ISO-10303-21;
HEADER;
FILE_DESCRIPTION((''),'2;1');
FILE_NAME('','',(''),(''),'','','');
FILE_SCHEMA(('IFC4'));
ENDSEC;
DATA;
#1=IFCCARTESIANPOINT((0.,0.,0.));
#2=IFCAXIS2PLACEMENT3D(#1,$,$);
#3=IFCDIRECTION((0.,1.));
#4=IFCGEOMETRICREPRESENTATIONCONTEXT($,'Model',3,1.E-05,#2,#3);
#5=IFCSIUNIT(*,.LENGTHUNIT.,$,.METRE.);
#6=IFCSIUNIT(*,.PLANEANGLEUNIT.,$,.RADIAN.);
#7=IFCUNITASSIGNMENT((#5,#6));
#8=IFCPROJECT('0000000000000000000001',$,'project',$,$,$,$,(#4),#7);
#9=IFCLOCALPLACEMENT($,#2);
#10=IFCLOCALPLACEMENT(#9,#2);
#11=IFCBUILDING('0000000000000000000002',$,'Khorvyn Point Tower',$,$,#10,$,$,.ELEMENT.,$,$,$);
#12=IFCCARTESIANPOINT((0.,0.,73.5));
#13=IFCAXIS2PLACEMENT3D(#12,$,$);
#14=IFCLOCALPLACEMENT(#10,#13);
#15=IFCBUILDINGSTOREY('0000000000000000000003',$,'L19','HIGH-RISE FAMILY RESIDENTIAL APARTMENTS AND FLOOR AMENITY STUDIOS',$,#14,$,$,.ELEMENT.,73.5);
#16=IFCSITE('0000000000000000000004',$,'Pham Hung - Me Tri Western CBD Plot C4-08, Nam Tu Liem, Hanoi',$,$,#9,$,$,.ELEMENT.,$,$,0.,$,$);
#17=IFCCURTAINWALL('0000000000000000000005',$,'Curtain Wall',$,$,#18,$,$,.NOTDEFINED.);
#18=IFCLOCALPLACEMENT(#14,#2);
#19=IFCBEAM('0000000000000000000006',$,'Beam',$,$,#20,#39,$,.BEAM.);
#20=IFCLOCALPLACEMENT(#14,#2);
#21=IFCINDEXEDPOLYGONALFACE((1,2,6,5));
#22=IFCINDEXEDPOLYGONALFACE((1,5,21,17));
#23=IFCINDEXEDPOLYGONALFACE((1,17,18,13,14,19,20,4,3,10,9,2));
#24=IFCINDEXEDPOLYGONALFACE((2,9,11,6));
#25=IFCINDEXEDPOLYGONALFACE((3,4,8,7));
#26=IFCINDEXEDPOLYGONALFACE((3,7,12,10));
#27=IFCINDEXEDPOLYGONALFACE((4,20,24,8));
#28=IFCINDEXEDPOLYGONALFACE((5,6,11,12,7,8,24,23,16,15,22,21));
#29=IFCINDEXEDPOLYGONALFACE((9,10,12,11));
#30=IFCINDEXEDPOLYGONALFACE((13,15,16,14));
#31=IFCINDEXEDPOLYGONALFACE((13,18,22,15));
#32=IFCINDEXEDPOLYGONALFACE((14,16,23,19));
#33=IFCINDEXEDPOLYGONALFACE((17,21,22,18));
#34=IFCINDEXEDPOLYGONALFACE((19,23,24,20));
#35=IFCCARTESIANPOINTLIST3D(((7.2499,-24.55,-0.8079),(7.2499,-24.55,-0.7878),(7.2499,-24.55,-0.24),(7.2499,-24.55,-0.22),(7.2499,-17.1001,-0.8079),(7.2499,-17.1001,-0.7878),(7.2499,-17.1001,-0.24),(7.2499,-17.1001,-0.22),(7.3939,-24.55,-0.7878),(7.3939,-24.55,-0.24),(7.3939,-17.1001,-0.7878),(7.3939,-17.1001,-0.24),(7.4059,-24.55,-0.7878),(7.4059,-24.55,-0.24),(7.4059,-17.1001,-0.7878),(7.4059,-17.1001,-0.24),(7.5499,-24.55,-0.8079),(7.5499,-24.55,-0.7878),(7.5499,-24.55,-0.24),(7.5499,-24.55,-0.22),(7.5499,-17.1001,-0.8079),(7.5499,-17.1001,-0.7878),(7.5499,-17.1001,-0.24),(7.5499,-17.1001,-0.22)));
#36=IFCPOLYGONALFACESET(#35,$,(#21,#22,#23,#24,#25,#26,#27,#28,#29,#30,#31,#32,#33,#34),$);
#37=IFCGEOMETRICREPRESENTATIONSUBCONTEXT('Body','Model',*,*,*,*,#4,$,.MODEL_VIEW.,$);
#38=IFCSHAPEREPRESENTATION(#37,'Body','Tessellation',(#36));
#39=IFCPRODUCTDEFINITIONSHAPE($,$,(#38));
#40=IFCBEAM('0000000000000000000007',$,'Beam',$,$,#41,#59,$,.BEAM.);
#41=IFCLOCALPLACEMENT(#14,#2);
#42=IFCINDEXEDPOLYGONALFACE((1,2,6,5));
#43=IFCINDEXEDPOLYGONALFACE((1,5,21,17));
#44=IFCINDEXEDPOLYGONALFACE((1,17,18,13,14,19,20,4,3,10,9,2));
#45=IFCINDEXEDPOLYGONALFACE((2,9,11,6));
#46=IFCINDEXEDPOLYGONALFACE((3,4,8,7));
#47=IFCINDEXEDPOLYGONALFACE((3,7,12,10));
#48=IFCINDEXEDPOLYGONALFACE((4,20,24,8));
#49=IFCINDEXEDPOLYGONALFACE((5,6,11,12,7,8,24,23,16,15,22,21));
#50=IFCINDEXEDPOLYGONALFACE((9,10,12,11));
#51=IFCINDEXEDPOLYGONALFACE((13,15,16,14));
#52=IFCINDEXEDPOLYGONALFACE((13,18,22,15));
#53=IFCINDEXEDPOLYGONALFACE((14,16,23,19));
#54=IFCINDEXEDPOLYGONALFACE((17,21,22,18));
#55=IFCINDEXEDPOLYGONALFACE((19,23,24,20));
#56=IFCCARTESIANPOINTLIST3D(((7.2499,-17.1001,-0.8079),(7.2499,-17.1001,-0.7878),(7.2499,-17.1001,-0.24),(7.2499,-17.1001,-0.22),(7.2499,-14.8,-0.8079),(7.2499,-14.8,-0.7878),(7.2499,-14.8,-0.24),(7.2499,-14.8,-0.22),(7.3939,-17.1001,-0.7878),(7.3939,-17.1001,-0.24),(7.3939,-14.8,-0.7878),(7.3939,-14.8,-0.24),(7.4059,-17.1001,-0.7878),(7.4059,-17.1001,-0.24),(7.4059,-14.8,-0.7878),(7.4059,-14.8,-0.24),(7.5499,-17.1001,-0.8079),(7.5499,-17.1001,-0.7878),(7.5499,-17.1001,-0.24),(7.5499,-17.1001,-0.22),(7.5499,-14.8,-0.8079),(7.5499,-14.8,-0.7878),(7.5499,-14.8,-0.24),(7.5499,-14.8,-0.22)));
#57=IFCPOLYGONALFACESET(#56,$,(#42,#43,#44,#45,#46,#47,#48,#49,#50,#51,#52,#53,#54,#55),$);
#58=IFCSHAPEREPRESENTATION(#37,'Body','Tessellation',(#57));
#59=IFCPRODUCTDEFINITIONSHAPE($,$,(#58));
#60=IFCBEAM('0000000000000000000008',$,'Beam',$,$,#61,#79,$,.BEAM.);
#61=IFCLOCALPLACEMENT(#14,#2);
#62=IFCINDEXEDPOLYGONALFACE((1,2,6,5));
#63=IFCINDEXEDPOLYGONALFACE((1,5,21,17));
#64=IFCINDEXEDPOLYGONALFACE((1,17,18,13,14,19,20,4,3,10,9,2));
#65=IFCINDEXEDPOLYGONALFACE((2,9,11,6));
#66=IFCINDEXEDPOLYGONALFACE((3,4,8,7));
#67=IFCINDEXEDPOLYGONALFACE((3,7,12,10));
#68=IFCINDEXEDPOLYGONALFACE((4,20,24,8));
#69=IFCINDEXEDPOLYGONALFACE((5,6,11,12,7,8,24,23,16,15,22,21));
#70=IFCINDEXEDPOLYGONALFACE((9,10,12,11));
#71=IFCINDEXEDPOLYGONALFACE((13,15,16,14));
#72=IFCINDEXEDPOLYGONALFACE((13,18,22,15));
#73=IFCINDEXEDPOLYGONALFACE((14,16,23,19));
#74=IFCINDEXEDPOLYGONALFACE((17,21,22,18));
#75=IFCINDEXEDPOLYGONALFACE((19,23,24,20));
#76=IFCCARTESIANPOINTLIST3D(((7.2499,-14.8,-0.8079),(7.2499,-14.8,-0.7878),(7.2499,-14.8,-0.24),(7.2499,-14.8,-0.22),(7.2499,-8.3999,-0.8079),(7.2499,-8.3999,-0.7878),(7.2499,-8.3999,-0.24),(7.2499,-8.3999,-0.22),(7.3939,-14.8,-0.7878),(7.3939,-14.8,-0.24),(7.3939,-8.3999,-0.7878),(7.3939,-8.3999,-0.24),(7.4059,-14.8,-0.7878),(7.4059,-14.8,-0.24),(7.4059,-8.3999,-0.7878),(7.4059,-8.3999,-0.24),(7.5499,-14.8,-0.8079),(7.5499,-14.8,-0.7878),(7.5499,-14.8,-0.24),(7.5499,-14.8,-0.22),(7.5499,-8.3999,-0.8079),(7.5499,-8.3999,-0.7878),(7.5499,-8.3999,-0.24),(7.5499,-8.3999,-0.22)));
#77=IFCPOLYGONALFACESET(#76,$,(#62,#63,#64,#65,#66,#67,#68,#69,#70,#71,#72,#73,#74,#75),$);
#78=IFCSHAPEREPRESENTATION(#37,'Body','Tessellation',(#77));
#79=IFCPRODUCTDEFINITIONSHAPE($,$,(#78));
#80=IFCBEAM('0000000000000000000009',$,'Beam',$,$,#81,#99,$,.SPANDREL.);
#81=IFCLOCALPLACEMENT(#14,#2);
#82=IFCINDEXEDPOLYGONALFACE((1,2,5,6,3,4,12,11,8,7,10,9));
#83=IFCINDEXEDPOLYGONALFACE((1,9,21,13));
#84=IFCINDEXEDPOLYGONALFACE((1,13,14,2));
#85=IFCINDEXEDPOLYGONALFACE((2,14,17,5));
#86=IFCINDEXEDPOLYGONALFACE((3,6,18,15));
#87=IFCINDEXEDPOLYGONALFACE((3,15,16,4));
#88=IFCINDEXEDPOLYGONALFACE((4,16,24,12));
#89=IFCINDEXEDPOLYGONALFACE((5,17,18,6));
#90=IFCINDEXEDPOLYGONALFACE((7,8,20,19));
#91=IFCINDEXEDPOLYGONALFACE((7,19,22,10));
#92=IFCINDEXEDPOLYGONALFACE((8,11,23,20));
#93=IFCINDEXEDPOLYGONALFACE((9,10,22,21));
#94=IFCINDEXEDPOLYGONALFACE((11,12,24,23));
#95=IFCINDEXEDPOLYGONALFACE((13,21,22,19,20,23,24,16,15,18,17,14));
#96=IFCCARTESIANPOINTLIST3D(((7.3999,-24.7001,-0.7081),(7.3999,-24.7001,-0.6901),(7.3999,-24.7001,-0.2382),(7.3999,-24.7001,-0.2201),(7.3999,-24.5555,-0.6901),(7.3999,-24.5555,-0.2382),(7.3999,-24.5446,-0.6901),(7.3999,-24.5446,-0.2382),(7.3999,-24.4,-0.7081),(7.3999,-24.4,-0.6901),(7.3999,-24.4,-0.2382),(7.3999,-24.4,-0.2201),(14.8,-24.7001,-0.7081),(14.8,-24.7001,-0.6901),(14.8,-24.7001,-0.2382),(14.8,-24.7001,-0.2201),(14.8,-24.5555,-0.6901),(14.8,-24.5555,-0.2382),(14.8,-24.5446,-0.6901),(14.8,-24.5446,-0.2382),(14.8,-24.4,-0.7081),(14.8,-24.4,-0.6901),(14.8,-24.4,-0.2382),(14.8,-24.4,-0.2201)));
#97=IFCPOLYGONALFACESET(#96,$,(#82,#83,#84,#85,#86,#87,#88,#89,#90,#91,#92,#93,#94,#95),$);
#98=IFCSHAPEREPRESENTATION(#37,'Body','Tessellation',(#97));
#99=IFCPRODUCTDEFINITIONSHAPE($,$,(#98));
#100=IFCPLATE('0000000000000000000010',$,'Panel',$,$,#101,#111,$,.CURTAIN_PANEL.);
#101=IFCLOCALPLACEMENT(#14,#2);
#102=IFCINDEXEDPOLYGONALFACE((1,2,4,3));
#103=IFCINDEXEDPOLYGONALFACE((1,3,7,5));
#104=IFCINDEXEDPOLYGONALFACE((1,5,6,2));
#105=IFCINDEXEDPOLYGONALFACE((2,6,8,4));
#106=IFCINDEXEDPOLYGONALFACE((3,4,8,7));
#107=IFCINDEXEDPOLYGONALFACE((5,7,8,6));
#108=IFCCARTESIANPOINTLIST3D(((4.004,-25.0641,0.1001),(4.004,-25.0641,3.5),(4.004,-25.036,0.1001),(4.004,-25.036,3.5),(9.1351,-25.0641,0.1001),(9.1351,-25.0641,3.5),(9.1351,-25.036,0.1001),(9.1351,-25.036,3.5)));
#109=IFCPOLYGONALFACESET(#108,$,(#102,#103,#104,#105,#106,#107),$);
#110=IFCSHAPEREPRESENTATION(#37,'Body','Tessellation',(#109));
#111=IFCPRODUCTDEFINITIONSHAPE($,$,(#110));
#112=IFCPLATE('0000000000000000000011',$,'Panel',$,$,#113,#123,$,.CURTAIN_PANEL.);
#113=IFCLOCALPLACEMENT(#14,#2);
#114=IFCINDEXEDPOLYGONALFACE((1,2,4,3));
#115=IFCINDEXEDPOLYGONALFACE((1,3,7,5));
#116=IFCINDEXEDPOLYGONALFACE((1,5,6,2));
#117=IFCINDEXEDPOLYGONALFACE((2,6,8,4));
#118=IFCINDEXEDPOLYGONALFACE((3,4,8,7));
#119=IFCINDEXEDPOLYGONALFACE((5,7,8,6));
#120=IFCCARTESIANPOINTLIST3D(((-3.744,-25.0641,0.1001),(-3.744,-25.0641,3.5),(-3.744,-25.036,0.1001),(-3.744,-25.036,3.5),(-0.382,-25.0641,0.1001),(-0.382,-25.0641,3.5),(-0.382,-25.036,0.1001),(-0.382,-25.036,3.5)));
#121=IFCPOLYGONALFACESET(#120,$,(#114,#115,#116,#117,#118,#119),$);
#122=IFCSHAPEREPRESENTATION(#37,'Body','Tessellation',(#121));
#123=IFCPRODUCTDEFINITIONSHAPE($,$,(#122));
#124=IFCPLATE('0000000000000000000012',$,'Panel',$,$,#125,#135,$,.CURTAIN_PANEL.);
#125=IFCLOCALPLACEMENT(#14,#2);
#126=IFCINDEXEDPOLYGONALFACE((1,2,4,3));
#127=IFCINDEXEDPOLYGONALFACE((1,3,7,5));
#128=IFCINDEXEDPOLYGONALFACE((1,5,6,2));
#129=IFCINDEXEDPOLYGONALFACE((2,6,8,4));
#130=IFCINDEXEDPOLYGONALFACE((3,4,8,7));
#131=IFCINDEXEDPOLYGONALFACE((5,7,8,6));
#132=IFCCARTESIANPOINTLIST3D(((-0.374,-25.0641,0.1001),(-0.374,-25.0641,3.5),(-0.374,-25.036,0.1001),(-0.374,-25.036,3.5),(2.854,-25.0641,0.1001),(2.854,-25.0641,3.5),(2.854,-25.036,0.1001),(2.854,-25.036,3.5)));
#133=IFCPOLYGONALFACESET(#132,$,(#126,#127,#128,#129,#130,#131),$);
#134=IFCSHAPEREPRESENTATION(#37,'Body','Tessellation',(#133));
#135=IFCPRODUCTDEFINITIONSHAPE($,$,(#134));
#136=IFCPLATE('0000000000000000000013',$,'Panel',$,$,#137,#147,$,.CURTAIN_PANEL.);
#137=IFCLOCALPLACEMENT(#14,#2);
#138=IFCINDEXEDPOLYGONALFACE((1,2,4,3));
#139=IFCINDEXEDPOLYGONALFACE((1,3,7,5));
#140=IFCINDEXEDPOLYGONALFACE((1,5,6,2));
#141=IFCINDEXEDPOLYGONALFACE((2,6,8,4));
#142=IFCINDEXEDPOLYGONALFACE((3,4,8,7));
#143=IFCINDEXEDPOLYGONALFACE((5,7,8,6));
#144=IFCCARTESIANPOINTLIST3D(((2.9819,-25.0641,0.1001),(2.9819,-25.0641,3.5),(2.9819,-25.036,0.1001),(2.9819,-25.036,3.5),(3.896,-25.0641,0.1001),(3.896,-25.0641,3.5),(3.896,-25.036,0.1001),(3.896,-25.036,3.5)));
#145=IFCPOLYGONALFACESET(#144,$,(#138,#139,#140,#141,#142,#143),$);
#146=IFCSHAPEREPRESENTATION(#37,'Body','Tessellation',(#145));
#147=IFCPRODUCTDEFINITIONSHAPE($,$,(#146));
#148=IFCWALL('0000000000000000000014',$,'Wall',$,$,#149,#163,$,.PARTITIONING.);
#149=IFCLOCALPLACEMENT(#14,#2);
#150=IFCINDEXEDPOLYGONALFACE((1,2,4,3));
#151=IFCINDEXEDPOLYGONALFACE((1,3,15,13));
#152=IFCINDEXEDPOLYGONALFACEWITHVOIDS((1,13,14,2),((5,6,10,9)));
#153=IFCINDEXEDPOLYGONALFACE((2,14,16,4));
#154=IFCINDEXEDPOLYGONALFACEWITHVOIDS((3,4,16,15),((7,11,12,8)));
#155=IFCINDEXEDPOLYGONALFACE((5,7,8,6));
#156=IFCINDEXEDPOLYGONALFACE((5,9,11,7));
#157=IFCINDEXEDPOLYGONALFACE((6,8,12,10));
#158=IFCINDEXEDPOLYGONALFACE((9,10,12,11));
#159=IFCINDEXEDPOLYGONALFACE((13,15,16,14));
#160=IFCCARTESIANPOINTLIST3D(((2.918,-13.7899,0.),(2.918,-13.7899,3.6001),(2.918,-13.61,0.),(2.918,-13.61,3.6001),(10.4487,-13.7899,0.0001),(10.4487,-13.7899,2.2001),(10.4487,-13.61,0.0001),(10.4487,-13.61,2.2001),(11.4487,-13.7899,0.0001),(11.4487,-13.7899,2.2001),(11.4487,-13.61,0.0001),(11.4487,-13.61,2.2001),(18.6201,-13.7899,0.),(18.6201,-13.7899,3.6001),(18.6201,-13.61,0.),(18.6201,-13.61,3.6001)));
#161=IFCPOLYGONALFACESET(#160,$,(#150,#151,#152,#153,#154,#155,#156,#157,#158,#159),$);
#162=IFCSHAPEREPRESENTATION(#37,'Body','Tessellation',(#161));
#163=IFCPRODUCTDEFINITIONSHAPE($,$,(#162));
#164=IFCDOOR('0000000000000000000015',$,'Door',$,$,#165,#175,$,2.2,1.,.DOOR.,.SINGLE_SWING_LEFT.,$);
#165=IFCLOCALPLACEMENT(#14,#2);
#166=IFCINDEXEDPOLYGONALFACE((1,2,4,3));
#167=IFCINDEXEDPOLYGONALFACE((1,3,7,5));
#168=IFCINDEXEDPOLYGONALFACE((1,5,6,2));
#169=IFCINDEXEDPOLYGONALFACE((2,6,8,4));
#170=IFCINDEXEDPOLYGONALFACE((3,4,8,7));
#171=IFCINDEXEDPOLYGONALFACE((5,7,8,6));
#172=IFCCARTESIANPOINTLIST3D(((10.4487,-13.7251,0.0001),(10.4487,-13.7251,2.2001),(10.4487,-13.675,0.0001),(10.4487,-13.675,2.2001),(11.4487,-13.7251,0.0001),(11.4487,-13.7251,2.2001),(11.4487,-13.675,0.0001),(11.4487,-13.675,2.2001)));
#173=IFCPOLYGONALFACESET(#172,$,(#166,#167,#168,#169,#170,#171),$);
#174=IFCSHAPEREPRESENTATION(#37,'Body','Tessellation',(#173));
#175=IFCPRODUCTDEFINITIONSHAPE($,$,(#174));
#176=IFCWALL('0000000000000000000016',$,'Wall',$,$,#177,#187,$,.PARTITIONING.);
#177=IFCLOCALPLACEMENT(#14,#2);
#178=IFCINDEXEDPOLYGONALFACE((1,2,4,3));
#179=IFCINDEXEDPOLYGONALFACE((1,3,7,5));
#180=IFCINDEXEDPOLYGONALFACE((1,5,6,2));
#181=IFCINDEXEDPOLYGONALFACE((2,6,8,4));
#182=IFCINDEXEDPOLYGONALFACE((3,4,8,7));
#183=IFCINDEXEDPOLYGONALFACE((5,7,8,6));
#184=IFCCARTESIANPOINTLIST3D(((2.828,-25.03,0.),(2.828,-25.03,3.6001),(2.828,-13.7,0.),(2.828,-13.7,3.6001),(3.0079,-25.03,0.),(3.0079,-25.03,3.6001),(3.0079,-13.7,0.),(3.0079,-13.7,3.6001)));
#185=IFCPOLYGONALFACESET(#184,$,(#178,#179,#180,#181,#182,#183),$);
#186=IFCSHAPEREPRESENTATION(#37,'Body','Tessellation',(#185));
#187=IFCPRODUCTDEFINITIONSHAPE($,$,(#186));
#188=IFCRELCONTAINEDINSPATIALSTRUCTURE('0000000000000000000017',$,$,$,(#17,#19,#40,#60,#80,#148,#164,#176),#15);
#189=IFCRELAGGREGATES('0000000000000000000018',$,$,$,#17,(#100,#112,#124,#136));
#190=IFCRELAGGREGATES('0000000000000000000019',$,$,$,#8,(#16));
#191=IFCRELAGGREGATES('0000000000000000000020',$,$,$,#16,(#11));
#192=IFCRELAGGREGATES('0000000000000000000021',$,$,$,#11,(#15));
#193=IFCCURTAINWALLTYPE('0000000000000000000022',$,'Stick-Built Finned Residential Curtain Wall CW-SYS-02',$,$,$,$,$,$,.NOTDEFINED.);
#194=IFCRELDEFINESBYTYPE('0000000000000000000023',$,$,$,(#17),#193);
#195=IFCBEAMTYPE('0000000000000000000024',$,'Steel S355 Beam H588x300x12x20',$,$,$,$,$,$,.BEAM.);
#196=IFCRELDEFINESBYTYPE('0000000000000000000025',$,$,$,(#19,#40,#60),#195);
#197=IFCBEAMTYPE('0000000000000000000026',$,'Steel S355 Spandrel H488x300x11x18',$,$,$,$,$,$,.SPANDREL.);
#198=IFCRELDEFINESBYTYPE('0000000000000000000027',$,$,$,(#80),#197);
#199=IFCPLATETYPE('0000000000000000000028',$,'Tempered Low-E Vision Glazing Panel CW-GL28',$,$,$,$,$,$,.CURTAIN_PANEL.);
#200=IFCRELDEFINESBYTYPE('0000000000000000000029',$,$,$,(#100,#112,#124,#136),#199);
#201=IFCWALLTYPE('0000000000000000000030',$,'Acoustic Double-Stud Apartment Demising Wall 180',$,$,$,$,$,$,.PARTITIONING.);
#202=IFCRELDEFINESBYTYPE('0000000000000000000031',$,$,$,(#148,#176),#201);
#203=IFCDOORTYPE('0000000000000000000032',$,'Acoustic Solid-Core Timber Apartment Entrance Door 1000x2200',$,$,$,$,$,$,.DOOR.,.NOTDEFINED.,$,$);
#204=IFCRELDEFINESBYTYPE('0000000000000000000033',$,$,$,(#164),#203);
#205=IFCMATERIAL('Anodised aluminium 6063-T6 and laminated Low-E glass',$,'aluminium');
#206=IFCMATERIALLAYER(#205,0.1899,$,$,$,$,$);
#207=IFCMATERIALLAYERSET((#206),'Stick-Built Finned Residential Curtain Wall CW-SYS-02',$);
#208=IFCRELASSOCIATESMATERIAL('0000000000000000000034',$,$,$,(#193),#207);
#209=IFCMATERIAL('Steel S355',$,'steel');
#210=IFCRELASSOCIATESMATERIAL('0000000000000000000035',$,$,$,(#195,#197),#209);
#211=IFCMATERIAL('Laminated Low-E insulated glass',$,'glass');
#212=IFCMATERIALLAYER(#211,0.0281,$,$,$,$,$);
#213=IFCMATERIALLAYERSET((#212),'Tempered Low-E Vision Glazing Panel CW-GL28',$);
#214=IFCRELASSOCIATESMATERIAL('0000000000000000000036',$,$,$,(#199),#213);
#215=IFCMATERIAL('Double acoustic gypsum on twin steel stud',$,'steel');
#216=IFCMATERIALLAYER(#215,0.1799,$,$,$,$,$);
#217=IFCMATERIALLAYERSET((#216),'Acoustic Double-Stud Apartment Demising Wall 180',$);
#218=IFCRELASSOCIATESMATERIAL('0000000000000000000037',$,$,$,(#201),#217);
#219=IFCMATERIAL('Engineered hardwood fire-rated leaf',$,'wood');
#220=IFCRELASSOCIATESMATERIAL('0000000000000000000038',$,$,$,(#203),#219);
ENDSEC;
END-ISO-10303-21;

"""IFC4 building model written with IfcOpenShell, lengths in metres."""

from ifc_helpers import new_model, si_unit, direction, frame, frame_2d, origin, origin_2d, place, context, subcontext, project, spatial, rectangle, i_section, extrude, material, layer, layer_set, material_profile, profile_set, type_object, element, fill, aggregate, save


model = new_model("IFC4")

# Units and contexts
model_context = context("Model", 3, precision=1e-05, world=origin(), true_north=direction((0.0, 1.0)))
body_context = subcontext(model_context, "Body", "Model", "MODEL_VIEW")
ifc_project = project(units=[si_unit("LENGTHUNIT", "METRE"), si_unit("PLANEANGLEUNIT", "RADIAN")], contexts=[model_context])

# Site, building, storey
site_placement = place(None, origin())
site = spatial("IfcSite", under=ifc_project, at=site_placement, Name="Pham Hung - Me Tri Western CBD Plot C4-08, Nam Tu Liem, Hanoi", CompositionType="ELEMENT", RefElevation=0.0)
building_placement = place(site_placement, origin())
building = spatial("IfcBuilding", under=site, at=building_placement, Name="Khorvyn Point Tower", CompositionType="ELEMENT")
storey_placement = place(building_placement, frame((0.0, 0.0, 73.5)))
storey = spatial("IfcBuildingStorey", under=building, at=storey_placement, Name="L19", Description="HIGH-RISE FAMILY RESIDENTIAL APARTMENTS AND FLOOR AMENITY STUDIOS", CompositionType="ELEMENT", Elevation=73.5)

# Curtain wall
ifc_material_1 = material(Name="Anodised aluminium 6063-T6 and laminated Low-E glass", Category="aluminium")
ifc_layer_1 = layer(ifc_material_1, 0.1899)
ifc_layer_set_1 = layer_set([ifc_layer_1], Name="Stick-Built Finned Residential Curtain Wall CW-SYS-02")
curtain_wall_type = type_object("IfcCurtainWallType", Name="Stick-Built Finned Residential Curtain Wall CW-SYS-02", PredefinedType="NOTDEFINED", material=ifc_layer_set_1)
curtain_wall_placement = place(storey_placement, origin())
curtain_wall = element("IfcCurtainWall", 1, at=curtain_wall_placement, inside=storey, type_object=curtain_wall_type, Name="Curtain Wall", PredefinedType="NOTDEFINED")

# Beams
ifc_material_2 = material(Name="Steel S355", Category="steel")
ifc_material_profile_1 = material_profile(ifc_material_2, i_section(OverallWidth=0.3, OverallDepth=0.5879, WebThickness=0.012, FlangeThickness=0.02, at=origin_2d()))
ifc_profile_set_1 = profile_set([ifc_material_profile_1], Name="Steel S355 H588x300x12x20")
beam_type_1 = type_object("IfcBeamType", Name="Steel S355 Beam H588x300x12x20", PredefinedType="BEAM", material=ifc_profile_set_1)
beam_1_placement = place(storey_placement, frame((7.3999, -24.55, -0.5139), z_axis=(0.0, 1.0, 0.0), x_axis=(-1.0, 0.0, 0.0)))
element("IfcBeam", 2, at=beam_1_placement, inside=storey, type_object=beam_type_1, Name="Beam", PredefinedType="BEAM", context=body_context, shape_type="SweptSolid", body=[
    extrude(i_section(OverallWidth=0.3, OverallDepth=0.5879, WebThickness=0.012, FlangeThickness=0.02, at=origin_2d()), origin(), (0.0, 0.0, 1.0), 7.45),
])
beam_2_placement = place(storey_placement, frame((7.3999, -17.1001, -0.5139), z_axis=(0.0, 1.0, 0.0), x_axis=(-1.0, 0.0, 0.0)))
element("IfcBeam", 3, at=beam_2_placement, inside=storey, type_object=beam_type_1, Name="Beam", PredefinedType="BEAM", context=body_context, shape_type="SweptSolid", body=[
    extrude(i_section(OverallWidth=0.3, OverallDepth=0.5879, WebThickness=0.012, FlangeThickness=0.02, at=origin_2d()), origin(), (0.0, 0.0, 1.0), 2.3),
])
beam_3_placement = place(storey_placement, frame((7.3999, -14.8, -0.5139), z_axis=(0.0, 1.0, 0.0), x_axis=(-1.0, 0.0, 0.0)))
element("IfcBeam", 4, at=beam_3_placement, inside=storey, type_object=beam_type_1, Name="Beam", PredefinedType="BEAM", context=body_context, shape_type="SweptSolid", body=[
    extrude(i_section(OverallWidth=0.3, OverallDepth=0.5879, WebThickness=0.012, FlangeThickness=0.02, at=origin_2d()), origin(), (0.0, 0.0, 1.0), 6.4001),
])
ifc_material_profile_2 = material_profile(ifc_material_2, i_section(OverallWidth=0.3, OverallDepth=0.488, WebThickness=0.011, FlangeThickness=0.0181, at=origin_2d()))
ifc_profile_set_2 = profile_set([ifc_material_profile_2], Name="Steel S355 H488x300x11x18")
beam_type_2 = type_object("IfcBeamType", Name="Steel S355 Spandrel H488x300x11x18", PredefinedType="SPANDREL", material=ifc_profile_set_2)
beam_4_placement = place(storey_placement, frame((7.3999, -24.55, -0.4641), z_axis=(1.0, 0.0, 0.0), x_axis=(0.0, 1.0, 0.0)))
element("IfcBeam", 5, at=beam_4_placement, inside=storey, type_object=beam_type_2, Name="Beam", PredefinedType="SPANDREL", context=body_context, shape_type="SweptSolid", body=[
    extrude(i_section(OverallWidth=0.3, OverallDepth=0.488, WebThickness=0.011, FlangeThickness=0.0181, at=origin_2d()), origin(), (0.0, 0.0, 1.0), 7.4001),
])

# Plates
ifc_material_3 = material(Name="Laminated Low-E insulated glass", Category="glass")
ifc_layer_2 = layer(ifc_material_3, 0.0281)
ifc_layer_set_2 = layer_set([ifc_layer_2], Name="Tempered Low-E Vision Glazing Panel CW-GL28")
plate_type = type_object("IfcPlateType", Name="Tempered Low-E Vision Glazing Panel CW-GL28", PredefinedType="CURTAIN_PANEL", material=ifc_layer_set_2)
plate_1_placement = place(storey_placement, frame((6.5696, -25.05, 0.1001), z_axis=(0.0, 0.0, 1.0), x_axis=(-1.0, 0.0, 0.0)))
plate_1 = element("IfcPlate", 6, at=plate_1_placement, type_object=plate_type, Name="Panel", PredefinedType="CURTAIN_PANEL", context=body_context, shape_type="SweptSolid", body=[
    extrude(rectangle(XDim=5.1311, YDim=0.0281, at=origin_2d()), origin(), (0.0, 0.0, 1.0), 3.3999),
])
plate_2_placement = place(storey_placement, frame((-2.063, -25.05, 0.1001), z_axis=(0.0, 0.0, 1.0), x_axis=(-1.0, 0.0, 0.0)))
plate_2 = element("IfcPlate", 7, at=plate_2_placement, type_object=plate_type, Name="Panel", PredefinedType="CURTAIN_PANEL", context=body_context, shape_type="SweptSolid", body=[
    extrude(rectangle(XDim=3.3621, YDim=0.0281, at=origin_2d()), origin(), (0.0, 0.0, 1.0), 3.3999),
])
plate_3_placement = place(storey_placement, frame((1.24, -25.05, 0.1001), z_axis=(0.0, 0.0, 1.0), x_axis=(-1.0, 0.0, 0.0)))
plate_3 = element("IfcPlate", 8, at=plate_3_placement, type_object=plate_type, Name="Panel", PredefinedType="CURTAIN_PANEL", context=body_context, shape_type="SweptSolid", body=[
    extrude(rectangle(XDim=3.228, YDim=0.0281, at=origin_2d()), origin(), (0.0, 0.0, 1.0), 3.3999),
])
plate_4_placement = place(storey_placement, frame((3.439, -25.05, 0.1001), z_axis=(0.0, 0.0, 1.0), x_axis=(-1.0, 0.0, 0.0)))
plate_4 = element("IfcPlate", 9, at=plate_4_placement, type_object=plate_type, Name="Panel", PredefinedType="CURTAIN_PANEL", context=body_context, shape_type="SweptSolid", body=[
    extrude(rectangle(XDim=0.9141, YDim=0.0281, at=origin_2d()), origin(), (0.0, 0.0, 1.0), 3.3999),
])
aggregate(curtain_wall, [plate_1, plate_2, plate_3, plate_4])

# Wall, opening, door
ifc_material_4 = material(Name="Double acoustic gypsum on twin steel stud", Category="steel")
ifc_layer_3 = layer(ifc_material_4, 0.1799)
ifc_layer_set_3 = layer_set([ifc_layer_3], Name="Acoustic Double-Stud Apartment Demising Wall 180")
wall_type_1 = type_object("IfcWallType", Name="Acoustic Double-Stud Apartment Demising Wall 180", PredefinedType="PARTITIONING", material=ifc_layer_set_3)
wall_1_placement = place(storey_placement, frame((2.918, -13.7, 0.0), z_axis=(0.0, 0.0, 1.0), x_axis=(1.0, 0.0, 0.0)))
wall_1 = element("IfcWall", 10, at=wall_1_placement, inside=storey, type_object=wall_type_1, Name="Wall", PredefinedType="PARTITIONING", context=body_context, shape_type="SweptSolid", body=[
    extrude(rectangle(XDim=15.7021, YDim=0.1799, at=frame_2d((7.8511, 0.0))), origin(), (0.0, 0.0, 1.0), 3.6001),
])
opening_1_placement = place(wall_1_placement, frame((7.5308, 0.0, 0.0)))
opening_1 = element("IfcOpeningElement", 11, at=opening_1_placement, cuts=wall_1, PredefinedType="OPENING", context=body_context, shape_type="SweptSolid", body=[
    extrude(rectangle(XDim=1.0, YDim=2.2, at=frame_2d((0.5, 1.1001))), frame((0.0, 0.0999, 0.0), z_axis=(0.0, -1.0, 0.0), x_axis=(1.0, 0.0, 0.0)), (0.0, 0.0, 1.0), 0.2),
])
ifc_material_5 = material(Name="Engineered hardwood fire-rated leaf", Category="wood")
door_type_1 = type_object("IfcDoorType", Name="Acoustic Solid-Core Timber Apartment Entrance Door 1000x2200", OperationType="NOTDEFINED", PredefinedType="DOOR", material=ifc_material_5)
door_1_placement = place(opening_1_placement, origin())
door_1 = element("IfcDoor", 12, at=door_1_placement, inside=storey, type_object=door_type_1, Name="Door", OperationType="SINGLE_SWING_LEFT", OverallHeight=2.2, OverallWidth=1.0, PredefinedType="DOOR", context=body_context, shape_type="SweptSolid", body=[
    extrude(rectangle(XDim=1.0, YDim=2.2, at=frame_2d((0.5, 1.1001))), frame((0.0, 0.0249, 0.0), z_axis=(0.0, -1.0, 0.0), x_axis=(1.0, 0.0, 0.0)), (0.0, 0.0, 1.0), 0.05),
])
fill(opening_1, door_1)

# Wall
wall_2_placement = place(storey_placement, frame((2.918, -25.03, 0.0), z_axis=(0.0, 0.0, 1.0), x_axis=(0.0, 1.0, 0.0)))
element("IfcWall", 13, at=wall_2_placement, inside=storey, type_object=wall_type_1, Name="Wall", PredefinedType="PARTITIONING", context=body_context, shape_type="SweptSolid", body=[
    extrude(rectangle(XDim=11.3301, YDim=0.1799, at=frame_2d((5.665, 0.0))), origin(), (0.0, 0.0, 1.0), 3.6001),
])

save(model, "model.ifc")
